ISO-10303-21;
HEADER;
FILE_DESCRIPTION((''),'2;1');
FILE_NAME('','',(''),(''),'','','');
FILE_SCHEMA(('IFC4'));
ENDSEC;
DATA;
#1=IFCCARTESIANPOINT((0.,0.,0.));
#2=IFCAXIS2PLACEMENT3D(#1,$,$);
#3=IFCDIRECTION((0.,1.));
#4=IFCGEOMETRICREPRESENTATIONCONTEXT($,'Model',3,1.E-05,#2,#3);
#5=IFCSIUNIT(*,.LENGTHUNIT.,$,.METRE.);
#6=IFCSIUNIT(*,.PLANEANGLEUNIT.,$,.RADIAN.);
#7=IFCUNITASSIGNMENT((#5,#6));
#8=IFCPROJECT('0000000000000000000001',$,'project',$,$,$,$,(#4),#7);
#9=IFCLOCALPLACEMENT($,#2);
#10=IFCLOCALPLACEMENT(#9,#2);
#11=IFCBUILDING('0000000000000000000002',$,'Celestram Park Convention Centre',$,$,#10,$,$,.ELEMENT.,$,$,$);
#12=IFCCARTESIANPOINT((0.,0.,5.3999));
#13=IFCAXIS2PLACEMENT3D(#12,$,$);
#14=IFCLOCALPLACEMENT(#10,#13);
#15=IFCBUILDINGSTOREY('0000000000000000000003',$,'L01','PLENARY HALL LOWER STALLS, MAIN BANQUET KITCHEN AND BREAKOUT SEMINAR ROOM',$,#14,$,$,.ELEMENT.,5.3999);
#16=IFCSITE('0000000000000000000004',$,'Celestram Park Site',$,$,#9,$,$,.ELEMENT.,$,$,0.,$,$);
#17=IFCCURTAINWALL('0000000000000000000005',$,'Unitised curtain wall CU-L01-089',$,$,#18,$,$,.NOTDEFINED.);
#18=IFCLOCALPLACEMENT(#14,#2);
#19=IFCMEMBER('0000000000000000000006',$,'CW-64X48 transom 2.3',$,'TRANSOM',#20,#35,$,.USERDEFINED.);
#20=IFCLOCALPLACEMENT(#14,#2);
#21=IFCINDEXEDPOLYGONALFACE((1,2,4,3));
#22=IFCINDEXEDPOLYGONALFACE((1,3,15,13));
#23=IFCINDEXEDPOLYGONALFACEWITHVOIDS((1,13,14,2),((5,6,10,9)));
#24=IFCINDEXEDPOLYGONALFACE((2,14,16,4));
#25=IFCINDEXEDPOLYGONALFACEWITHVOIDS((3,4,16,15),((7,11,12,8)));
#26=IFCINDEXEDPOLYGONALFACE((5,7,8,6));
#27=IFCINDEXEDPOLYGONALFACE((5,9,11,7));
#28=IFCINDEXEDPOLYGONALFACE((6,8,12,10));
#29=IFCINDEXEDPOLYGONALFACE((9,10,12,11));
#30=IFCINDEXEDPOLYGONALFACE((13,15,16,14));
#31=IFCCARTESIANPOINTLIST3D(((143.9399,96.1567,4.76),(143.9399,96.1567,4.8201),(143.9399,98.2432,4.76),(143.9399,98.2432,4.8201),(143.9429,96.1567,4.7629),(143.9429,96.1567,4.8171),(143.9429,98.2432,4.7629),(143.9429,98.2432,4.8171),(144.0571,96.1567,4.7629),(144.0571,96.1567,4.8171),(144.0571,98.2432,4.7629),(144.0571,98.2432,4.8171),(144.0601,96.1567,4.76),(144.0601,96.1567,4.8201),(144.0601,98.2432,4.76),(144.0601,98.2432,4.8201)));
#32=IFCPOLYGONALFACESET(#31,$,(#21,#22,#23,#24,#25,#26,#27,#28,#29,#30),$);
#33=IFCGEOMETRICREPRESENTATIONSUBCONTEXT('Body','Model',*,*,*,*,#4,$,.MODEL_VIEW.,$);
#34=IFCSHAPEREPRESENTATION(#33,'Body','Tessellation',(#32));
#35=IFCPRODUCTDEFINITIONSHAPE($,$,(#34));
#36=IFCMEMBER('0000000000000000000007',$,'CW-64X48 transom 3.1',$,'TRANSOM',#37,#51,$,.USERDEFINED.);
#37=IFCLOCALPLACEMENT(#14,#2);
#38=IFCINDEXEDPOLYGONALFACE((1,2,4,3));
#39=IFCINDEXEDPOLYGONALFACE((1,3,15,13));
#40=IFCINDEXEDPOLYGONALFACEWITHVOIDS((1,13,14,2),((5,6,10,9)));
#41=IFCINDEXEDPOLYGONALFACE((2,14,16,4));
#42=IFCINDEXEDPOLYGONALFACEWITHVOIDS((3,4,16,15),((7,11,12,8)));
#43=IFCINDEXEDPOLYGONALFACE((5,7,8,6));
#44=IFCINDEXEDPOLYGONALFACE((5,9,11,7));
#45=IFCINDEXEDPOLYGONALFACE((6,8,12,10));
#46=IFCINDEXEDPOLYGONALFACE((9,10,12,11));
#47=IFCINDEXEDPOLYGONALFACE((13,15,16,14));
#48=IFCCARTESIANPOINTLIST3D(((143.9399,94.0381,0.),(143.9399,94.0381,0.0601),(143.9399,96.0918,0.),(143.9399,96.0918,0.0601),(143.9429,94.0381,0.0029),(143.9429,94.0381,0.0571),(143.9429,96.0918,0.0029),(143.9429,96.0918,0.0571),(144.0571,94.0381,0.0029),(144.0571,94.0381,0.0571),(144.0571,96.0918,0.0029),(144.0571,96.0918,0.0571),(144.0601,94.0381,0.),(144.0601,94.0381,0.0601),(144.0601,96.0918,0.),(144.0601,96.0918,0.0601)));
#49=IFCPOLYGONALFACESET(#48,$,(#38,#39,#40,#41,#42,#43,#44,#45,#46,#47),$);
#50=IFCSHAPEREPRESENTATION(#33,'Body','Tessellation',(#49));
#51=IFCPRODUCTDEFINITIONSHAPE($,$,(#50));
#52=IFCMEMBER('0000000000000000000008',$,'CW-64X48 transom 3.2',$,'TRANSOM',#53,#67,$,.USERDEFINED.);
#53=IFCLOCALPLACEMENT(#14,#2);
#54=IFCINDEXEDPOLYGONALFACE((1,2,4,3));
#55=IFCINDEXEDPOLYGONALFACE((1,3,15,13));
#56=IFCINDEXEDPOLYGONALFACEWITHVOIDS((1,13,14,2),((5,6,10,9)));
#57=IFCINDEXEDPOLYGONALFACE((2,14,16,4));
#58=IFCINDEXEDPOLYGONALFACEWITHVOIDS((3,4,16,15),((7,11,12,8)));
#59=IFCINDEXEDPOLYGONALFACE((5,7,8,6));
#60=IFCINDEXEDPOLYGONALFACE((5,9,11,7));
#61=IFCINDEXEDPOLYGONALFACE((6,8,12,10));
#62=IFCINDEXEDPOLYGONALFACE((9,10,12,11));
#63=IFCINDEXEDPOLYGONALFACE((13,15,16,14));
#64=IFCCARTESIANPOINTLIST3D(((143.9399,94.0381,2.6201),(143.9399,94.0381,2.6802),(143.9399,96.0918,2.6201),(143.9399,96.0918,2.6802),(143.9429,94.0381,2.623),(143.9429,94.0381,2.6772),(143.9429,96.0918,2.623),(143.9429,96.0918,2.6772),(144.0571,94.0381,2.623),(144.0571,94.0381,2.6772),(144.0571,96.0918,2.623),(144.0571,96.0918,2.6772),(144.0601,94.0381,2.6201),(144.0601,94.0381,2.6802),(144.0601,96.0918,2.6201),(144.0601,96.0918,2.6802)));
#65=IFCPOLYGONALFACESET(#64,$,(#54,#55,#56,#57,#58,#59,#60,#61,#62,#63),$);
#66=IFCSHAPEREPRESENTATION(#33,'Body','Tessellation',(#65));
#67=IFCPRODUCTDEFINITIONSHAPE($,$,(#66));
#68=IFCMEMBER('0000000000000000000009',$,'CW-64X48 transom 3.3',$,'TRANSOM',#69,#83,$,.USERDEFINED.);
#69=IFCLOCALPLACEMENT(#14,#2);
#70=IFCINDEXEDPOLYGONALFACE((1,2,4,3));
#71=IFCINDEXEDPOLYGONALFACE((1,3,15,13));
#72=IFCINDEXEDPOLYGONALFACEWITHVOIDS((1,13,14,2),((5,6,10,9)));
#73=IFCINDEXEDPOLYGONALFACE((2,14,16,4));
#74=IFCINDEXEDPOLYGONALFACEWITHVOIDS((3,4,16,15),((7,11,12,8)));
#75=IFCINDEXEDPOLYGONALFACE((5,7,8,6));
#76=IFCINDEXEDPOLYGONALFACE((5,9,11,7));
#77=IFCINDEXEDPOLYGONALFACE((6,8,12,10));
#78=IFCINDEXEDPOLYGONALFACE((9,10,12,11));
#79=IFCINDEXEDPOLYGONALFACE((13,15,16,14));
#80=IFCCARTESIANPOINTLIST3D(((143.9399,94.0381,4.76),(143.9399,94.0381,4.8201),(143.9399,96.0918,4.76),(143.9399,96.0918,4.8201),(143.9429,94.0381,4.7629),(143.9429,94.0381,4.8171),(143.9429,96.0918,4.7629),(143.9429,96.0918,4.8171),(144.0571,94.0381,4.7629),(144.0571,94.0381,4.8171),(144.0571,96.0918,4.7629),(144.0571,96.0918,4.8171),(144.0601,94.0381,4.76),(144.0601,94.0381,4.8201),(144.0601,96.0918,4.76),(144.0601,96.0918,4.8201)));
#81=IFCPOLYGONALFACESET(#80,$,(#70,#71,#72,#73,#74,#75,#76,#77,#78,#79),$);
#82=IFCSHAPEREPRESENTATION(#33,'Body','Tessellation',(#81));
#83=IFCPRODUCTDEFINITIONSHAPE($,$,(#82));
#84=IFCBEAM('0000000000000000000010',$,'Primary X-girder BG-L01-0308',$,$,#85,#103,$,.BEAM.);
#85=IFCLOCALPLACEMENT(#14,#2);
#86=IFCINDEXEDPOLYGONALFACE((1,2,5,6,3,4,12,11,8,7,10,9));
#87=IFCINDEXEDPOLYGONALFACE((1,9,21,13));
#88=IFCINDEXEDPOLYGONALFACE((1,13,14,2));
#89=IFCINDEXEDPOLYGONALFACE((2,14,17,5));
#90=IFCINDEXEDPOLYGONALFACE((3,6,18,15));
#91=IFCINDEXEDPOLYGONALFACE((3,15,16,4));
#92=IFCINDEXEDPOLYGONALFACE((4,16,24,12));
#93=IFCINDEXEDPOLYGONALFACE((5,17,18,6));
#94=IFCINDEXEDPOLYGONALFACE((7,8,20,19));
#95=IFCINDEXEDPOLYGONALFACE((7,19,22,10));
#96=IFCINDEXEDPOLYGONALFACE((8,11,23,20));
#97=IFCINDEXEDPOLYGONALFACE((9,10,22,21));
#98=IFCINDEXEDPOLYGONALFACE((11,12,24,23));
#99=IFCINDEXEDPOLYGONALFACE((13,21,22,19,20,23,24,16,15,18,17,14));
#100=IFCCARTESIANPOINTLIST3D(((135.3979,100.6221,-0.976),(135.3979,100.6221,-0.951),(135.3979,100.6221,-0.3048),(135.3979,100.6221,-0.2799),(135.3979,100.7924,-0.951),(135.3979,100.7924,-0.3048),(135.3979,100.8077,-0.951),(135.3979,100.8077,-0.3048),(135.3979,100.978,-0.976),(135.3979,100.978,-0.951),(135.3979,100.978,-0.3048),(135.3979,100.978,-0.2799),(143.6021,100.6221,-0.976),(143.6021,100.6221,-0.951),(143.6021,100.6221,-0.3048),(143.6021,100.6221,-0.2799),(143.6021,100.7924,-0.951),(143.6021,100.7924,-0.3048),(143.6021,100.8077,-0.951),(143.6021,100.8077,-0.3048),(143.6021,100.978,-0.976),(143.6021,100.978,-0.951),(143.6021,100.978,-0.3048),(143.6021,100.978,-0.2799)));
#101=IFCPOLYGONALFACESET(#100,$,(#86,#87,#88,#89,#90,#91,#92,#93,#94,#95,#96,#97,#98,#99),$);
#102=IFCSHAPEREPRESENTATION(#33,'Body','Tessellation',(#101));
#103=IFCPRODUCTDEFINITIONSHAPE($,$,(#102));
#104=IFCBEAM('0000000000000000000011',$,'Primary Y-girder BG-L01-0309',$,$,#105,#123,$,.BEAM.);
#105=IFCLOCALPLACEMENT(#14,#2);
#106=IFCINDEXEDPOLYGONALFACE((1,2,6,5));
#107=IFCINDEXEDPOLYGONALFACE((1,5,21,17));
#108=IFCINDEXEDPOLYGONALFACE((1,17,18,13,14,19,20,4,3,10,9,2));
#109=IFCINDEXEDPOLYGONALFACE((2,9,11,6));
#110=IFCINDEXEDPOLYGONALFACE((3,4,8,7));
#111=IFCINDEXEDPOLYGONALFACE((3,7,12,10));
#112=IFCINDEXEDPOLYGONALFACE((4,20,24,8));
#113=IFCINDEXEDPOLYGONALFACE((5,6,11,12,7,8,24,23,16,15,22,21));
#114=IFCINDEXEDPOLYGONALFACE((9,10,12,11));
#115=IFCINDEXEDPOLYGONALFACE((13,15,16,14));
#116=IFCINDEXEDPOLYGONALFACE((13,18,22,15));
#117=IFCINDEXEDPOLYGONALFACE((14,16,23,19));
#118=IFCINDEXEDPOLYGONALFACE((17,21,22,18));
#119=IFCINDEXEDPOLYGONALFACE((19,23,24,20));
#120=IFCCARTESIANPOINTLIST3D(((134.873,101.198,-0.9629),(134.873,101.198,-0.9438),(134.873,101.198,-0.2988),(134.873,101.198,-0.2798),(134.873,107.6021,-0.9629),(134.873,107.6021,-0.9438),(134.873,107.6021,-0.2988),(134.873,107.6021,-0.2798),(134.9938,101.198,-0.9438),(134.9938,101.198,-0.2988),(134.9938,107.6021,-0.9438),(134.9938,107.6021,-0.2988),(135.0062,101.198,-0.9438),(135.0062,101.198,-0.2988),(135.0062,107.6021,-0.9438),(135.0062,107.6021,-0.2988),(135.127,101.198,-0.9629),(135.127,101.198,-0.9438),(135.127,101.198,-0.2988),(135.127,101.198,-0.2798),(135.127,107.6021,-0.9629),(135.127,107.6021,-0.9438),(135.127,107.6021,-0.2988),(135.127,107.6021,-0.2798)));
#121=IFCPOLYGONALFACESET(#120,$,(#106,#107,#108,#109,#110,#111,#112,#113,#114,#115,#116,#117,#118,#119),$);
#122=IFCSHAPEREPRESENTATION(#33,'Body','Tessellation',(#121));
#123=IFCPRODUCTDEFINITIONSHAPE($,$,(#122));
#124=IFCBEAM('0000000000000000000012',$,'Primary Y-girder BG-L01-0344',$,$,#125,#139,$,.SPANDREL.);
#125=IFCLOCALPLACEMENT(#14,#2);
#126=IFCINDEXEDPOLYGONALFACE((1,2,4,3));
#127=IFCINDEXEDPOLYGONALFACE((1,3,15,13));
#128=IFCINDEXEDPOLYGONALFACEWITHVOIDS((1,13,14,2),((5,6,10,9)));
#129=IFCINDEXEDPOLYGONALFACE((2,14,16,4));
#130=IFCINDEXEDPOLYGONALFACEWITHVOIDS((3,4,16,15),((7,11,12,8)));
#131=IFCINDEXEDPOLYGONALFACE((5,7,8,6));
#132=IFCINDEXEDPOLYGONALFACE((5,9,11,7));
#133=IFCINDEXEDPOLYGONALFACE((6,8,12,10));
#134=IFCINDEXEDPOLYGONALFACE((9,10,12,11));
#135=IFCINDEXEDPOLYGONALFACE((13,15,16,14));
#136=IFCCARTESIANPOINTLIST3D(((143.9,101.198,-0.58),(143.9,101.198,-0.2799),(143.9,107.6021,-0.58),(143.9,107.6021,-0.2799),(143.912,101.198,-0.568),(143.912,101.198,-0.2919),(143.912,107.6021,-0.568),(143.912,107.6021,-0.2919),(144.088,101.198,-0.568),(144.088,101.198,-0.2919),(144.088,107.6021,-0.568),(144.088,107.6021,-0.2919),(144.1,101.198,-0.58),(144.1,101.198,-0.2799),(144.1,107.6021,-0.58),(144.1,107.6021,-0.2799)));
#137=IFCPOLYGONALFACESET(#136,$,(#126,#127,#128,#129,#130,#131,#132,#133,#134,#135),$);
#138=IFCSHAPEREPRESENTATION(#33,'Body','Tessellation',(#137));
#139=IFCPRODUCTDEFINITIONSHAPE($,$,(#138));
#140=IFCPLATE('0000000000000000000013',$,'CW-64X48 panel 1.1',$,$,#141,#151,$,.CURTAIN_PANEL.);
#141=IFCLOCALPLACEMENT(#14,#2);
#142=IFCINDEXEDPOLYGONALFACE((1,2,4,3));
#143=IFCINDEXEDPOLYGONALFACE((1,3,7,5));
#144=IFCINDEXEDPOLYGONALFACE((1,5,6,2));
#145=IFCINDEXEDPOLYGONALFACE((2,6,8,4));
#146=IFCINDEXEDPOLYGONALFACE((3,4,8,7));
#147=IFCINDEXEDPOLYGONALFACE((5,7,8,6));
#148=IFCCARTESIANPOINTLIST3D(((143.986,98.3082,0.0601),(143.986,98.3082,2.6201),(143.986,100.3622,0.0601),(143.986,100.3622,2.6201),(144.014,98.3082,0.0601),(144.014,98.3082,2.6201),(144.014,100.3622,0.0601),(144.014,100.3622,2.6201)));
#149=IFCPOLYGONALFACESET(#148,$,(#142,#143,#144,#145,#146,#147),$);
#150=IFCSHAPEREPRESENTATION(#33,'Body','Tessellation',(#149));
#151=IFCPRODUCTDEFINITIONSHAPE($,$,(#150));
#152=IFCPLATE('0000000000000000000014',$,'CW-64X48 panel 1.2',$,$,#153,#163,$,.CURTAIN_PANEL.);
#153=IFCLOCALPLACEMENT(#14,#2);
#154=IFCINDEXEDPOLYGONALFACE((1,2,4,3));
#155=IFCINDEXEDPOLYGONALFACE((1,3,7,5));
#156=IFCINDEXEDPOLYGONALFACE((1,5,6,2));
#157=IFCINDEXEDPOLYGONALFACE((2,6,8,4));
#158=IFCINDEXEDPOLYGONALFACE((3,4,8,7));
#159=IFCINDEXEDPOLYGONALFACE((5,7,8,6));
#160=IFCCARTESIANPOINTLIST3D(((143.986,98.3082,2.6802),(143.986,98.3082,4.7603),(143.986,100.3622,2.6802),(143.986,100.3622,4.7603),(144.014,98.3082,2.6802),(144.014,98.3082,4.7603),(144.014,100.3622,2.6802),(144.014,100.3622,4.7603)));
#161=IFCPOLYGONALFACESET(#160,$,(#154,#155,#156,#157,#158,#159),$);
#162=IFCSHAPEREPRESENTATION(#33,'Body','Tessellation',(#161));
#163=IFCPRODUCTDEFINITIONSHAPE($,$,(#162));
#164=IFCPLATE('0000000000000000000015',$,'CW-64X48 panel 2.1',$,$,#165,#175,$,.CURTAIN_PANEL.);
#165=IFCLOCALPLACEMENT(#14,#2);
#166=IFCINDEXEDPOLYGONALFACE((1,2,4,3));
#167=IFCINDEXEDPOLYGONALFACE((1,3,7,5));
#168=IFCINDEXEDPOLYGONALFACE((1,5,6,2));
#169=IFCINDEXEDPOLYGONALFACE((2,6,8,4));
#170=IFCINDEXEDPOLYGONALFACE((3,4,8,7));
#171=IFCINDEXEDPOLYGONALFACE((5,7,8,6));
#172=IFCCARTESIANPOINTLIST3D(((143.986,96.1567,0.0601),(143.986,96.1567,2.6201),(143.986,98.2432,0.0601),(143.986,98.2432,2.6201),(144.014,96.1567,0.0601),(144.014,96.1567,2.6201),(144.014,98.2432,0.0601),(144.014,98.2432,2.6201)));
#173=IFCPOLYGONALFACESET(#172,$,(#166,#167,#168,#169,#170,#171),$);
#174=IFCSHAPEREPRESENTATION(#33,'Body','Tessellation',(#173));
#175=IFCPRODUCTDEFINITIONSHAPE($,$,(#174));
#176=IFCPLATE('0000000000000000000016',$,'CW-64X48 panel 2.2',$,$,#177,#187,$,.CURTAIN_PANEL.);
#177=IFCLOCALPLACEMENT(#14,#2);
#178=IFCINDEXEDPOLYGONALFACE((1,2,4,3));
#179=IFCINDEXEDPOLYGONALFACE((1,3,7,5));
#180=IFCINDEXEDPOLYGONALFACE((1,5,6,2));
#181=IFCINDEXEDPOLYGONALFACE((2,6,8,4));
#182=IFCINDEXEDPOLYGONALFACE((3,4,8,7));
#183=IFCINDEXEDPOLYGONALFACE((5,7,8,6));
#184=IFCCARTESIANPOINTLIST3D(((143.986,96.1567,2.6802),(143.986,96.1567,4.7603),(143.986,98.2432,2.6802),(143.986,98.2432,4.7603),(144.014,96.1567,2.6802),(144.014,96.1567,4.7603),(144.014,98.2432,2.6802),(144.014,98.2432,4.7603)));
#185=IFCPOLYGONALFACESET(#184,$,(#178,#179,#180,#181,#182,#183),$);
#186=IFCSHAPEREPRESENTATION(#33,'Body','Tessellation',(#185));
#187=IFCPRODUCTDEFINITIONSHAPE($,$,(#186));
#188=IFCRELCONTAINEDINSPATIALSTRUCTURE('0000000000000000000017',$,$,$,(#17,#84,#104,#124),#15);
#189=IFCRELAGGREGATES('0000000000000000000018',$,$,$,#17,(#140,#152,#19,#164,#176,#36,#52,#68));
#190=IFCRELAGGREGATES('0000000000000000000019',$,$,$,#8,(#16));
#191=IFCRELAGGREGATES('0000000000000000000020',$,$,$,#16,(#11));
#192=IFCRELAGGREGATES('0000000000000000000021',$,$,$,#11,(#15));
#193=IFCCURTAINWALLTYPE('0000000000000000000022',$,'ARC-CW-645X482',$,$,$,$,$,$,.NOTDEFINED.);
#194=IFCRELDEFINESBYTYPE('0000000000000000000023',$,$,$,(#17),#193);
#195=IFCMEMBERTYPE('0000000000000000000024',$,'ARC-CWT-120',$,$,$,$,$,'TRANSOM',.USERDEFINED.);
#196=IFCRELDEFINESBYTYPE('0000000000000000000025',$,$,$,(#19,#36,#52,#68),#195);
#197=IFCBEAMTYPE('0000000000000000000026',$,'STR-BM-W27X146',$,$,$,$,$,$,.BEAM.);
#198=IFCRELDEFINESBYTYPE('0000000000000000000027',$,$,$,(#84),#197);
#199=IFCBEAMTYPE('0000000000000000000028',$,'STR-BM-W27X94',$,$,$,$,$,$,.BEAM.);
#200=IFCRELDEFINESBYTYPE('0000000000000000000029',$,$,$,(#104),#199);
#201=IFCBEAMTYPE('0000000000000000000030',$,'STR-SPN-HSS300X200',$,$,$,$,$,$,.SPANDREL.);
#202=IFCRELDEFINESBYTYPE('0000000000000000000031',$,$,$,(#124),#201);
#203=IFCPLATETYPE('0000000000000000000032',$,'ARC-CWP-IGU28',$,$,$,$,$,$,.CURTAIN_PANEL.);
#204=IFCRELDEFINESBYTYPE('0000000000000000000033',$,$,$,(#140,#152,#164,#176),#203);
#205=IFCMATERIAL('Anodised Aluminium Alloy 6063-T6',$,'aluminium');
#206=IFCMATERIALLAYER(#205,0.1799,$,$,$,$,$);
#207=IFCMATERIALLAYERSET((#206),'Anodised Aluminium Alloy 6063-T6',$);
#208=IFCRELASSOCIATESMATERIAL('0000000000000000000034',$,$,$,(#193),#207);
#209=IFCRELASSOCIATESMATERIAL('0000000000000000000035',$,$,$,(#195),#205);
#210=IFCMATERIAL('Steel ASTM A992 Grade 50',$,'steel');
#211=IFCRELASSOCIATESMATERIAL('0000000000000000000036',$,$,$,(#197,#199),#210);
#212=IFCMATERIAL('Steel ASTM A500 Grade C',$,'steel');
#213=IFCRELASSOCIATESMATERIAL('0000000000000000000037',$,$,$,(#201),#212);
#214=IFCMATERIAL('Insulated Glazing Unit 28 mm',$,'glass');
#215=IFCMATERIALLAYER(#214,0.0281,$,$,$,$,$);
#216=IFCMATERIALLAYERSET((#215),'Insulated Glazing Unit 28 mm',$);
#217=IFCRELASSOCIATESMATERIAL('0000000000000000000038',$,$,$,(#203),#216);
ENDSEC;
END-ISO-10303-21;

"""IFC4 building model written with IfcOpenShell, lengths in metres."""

from ifc_helpers import new_model, si_unit, direction, frame, origin, origin_2d, place, context, subcontext, project, spatial, rectangle, hollow_rectangle, i_section, extrude, material, layer, layer_set, material_profile, profile_set, type_object, element, aggregate, save


model = new_model("IFC4")

# Units and contexts
model_context = context("Model", 3, precision=1e-05, world=origin(), true_north=direction((0.0, 1.0)))
body_context = subcontext(model_context, "Body", "Model", "MODEL_VIEW")
ifc_project = project(units=[si_unit("LENGTHUNIT", "METRE"), si_unit("PLANEANGLEUNIT", "RADIAN")], contexts=[model_context])

# Site, building, storey
site_placement = place(None, origin())
site = spatial("IfcSite", under=ifc_project, at=site_placement, Name="Celestram Park Site", CompositionType="ELEMENT", RefElevation=0.0)
building_placement = place(site_placement, origin())
building = spatial("IfcBuilding", under=site, at=building_placement, Name="Celestram Park Convention Centre", CompositionType="ELEMENT")
storey_placement = place(building_placement, frame((0.0, 0.0, 5.3999)))
storey = spatial("IfcBuildingStorey", under=building, at=storey_placement, Name="L01", Description="PLENARY HALL LOWER STALLS, MAIN BANQUET KITCHEN AND BREAKOUT SEMINAR ROOM", CompositionType="ELEMENT", Elevation=5.3999)

# Curtain wall, members
ifc_material_1 = material(Name="Anodised Aluminium Alloy 6063-T6", Category="aluminium")
ifc_layer_1 = layer(ifc_material_1, 0.1799)
ifc_layer_set_1 = layer_set([ifc_layer_1], Name="Anodised Aluminium Alloy 6063-T6")
curtain_wall_type = type_object("IfcCurtainWallType", Name="ARC-CW-645X482", PredefinedType="NOTDEFINED", material=ifc_layer_set_1)
curtain_wall_placement = place(storey_placement, origin())
curtain_wall = element("IfcCurtainWall", 1, at=curtain_wall_placement, inside=storey, type_object=curtain_wall_type, Name="Unitised curtain wall CU-L01-089", PredefinedType="NOTDEFINED")
ifc_material_profile_1 = material_profile(ifc_material_1, hollow_rectangle(XDim=0.1201, YDim=0.0601, WallThickness=0.0029, at=origin_2d()), Name="ALU120X60X3")
ifc_profile_set_1 = profile_set([ifc_material_profile_1], Name="Anodised Aluminium Alloy 6063-T6")
member_type_1 = type_object("IfcMemberType", Name="ARC-CWT-120", ElementType="TRANSOM", PredefinedType="USERDEFINED", material=ifc_profile_set_1)
member_1_placement = place(storey_placement, frame((144.0, 98.2432, 4.79), z_axis=(0.0, -1.0, 0.0), x_axis=(1.0, 0.0, 0.0)))
member_1 = element("IfcMember", 2, at=member_1_placement, type_object=member_type_1, Name="CW-64X48 transom 2.3", ObjectType="TRANSOM", PredefinedType="USERDEFINED", context=body_context, shape_type="SweptSolid", body=[
    extrude(hollow_rectangle(XDim=0.1201, YDim=0.0601, WallThickness=0.0029, at=origin_2d()), origin(), (0.0, 0.0, 1.0), 2.0864),
])
member_2_placement = place(storey_placement, frame((144.0, 96.0918, 0.03), z_axis=(0.0, -1.0, 0.0), x_axis=(1.0, 0.0, 0.0)))
member_2 = element("IfcMember", 3, at=member_2_placement, type_object=member_type_1, Name="CW-64X48 transom 3.1", ObjectType="TRANSOM", PredefinedType="USERDEFINED", context=body_context, shape_type="SweptSolid", body=[
    extrude(hollow_rectangle(XDim=0.1201, YDim=0.0601, WallThickness=0.0029, at=origin_2d()), origin(), (0.0, 0.0, 1.0), 2.0537),
])
member_3_placement = place(storey_placement, frame((144.0, 96.0918, 2.6501), z_axis=(0.0, -1.0, 0.0), x_axis=(1.0, 0.0, 0.0)))
member_3 = element("IfcMember", 4, at=member_3_placement, type_object=member_type_1, Name="CW-64X48 transom 3.2", ObjectType="TRANSOM", PredefinedType="USERDEFINED", context=body_context, shape_type="SweptSolid", body=[
    extrude(hollow_rectangle(XDim=0.1201, YDim=0.0601, WallThickness=0.0029, at=origin_2d()), origin(), (0.0, 0.0, 1.0), 2.0537),
])
member_4_placement = place(storey_placement, frame((144.0, 96.0918, 4.79), z_axis=(0.0, -1.0, 0.0), x_axis=(1.0, 0.0, 0.0)))
member_4 = element("IfcMember", 5, at=member_4_placement, type_object=member_type_1, Name="CW-64X48 transom 3.3", ObjectType="TRANSOM", PredefinedType="USERDEFINED", context=body_context, shape_type="SweptSolid", body=[
    extrude(hollow_rectangle(XDim=0.1201, YDim=0.0601, WallThickness=0.0029, at=origin_2d()), origin(), (0.0, 0.0, 1.0), 2.0537),
])

# Beams
ifc_material_2 = material(Name="Steel ASTM A992 Grade 50", Category="steel")
ifc_material_profile_2 = material_profile(ifc_material_2, i_section(OverallWidth=0.356, OverallDepth=0.696, WebThickness=0.0154, FlangeThickness=0.0249, at=origin_2d()), Name="W27X146")
ifc_profile_set_2 = profile_set([ifc_material_profile_2], Name="Steel ASTM A992 Grade 50")
beam_type_1 = type_object("IfcBeamType", Name="STR-BM-W27X146", PredefinedType="BEAM", material=ifc_profile_set_2)
beam_1_placement = place(storey_placement, frame((135.3979, 100.8, -0.6279), z_axis=(1.0, 0.0, 0.0), x_axis=(0.0, 1.0, 0.0)))
element("IfcBeam", 6, at=beam_1_placement, inside=storey, type_object=beam_type_1, Name="Primary X-girder BG-L01-0308", PredefinedType="BEAM", context=body_context, shape_type="SweptSolid", body=[
    extrude(i_section(OverallWidth=0.356, OverallDepth=0.696, WebThickness=0.0154, FlangeThickness=0.0249, at=origin_2d()), origin(), (0.0, 0.0, 1.0), 8.2041),
])
ifc_material_profile_3 = material_profile(ifc_material_2, i_section(OverallWidth=0.2539, OverallDepth=0.6831, WebThickness=0.0125, FlangeThickness=0.019, at=origin_2d()), Name="W27X94")
ifc_profile_set_3 = profile_set([ifc_material_profile_3], Name="Steel ASTM A992 Grade 50")
beam_type_2 = type_object("IfcBeamType", Name="STR-BM-W27X94", PredefinedType="BEAM", material=ifc_profile_set_3)
beam_2_placement = place(storey_placement, frame((135.0, 101.198, -0.6213), z_axis=(0.0, 1.0, 0.0), x_axis=(-1.0, 0.0, 0.0)))
element("IfcBeam", 7, at=beam_2_placement, inside=storey, type_object=beam_type_2, Name="Primary Y-girder BG-L01-0309", PredefinedType="BEAM", context=body_context, shape_type="SweptSolid", body=[
    extrude(i_section(OverallWidth=0.2539, OverallDepth=0.6831, WebThickness=0.0125, FlangeThickness=0.019, at=origin_2d()), origin(), (0.0, 0.0, 1.0), 6.4041),
])
ifc_material_3 = material(Name="Steel ASTM A500 Grade C", Category="steel")
ifc_material_profile_4 = material_profile(ifc_material_3, hollow_rectangle(XDim=0.2, YDim=0.3, WallThickness=0.012, at=origin_2d()), Name="HSS300X200X12")
ifc_profile_set_4 = profile_set([ifc_material_profile_4], Name="Steel ASTM A500 Grade C")
beam_type_3 = type_object("IfcBeamType", Name="STR-SPN-HSS300X200", PredefinedType="SPANDREL", material=ifc_profile_set_4)
beam_3_placement = place(storey_placement, frame((144.0, 101.198, -0.4299), z_axis=(0.0, 1.0, 0.0), x_axis=(-1.0, 0.0, 0.0)))
element("IfcBeam", 8, at=beam_3_placement, inside=storey, type_object=beam_type_3, Name="Primary Y-girder BG-L01-0344", PredefinedType="SPANDREL", context=body_context, shape_type="SweptSolid", body=[
    extrude(hollow_rectangle(XDim=0.2, YDim=0.3, WallThickness=0.012, at=origin_2d()), origin(), (0.0, 0.0, 1.0), 6.4041),
])

# Plates
ifc_material_4 = material(Name="Insulated Glazing Unit 28 mm", Category="glass")
ifc_layer_2 = layer(ifc_material_4, 0.0281)
ifc_layer_set_2 = layer_set([ifc_layer_2], Name="Insulated Glazing Unit 28 mm")
plate_type = type_object("IfcPlateType", Name="ARC-CWP-IGU28", PredefinedType="CURTAIN_PANEL", material=ifc_layer_set_2)
plate_1_placement = place(storey_placement, frame((144.0, 99.3352, 0.0601), z_axis=(0.0, 0.0, 1.0), x_axis=(0.0, -1.0, 0.0)))
plate_1 = element("IfcPlate", 9, at=plate_1_placement, type_object=plate_type, Name="CW-64X48 panel 1.1", PredefinedType="CURTAIN_PANEL", context=body_context, shape_type="SweptSolid", body=[
    extrude(rectangle(XDim=2.054, YDim=0.0281, at=origin_2d()), origin(), (0.0, 0.0, 1.0), 2.5601),
])
plate_2_placement = place(storey_placement, frame((144.0, 99.3352, 2.6802), z_axis=(0.0, 0.0, 1.0), x_axis=(0.0, -1.0, 0.0)))
plate_2 = element("IfcPlate", 10, at=plate_2_placement, type_object=plate_type, Name="CW-64X48 panel 1.2", PredefinedType="CURTAIN_PANEL", context=body_context, shape_type="SweptSolid", body=[
    extrude(rectangle(XDim=2.054, YDim=0.0281, at=origin_2d()), origin(), (0.0, 0.0, 1.0), 2.0801),
])
plate_3_placement = place(storey_placement, frame((144.0, 97.2, 0.0601), z_axis=(0.0, 0.0, 1.0), x_axis=(0.0, -1.0, 0.0)))
plate_3 = element("IfcPlate", 11, at=plate_3_placement, type_object=plate_type, Name="CW-64X48 panel 2.1", PredefinedType="CURTAIN_PANEL", context=body_context, shape_type="SweptSolid", body=[
    extrude(rectangle(XDim=2.0864, YDim=0.0281, at=origin_2d()), origin(), (0.0, 0.0, 1.0), 2.5601),
])
plate_4_placement = place(storey_placement, frame((144.0, 97.2, 2.6802), z_axis=(0.0, 0.0, 1.0), x_axis=(0.0, -1.0, 0.0)))
plate_4 = element("IfcPlate", 12, at=plate_4_placement, type_object=plate_type, Name="CW-64X48 panel 2.2", PredefinedType="CURTAIN_PANEL", context=body_context, shape_type="SweptSolid", body=[
    extrude(rectangle(XDim=2.0864, YDim=0.0281, at=origin_2d()), origin(), (0.0, 0.0, 1.0), 2.0801),
])
aggregate(curtain_wall, [plate_1, plate_2, member_1, plate_3, plate_4, member_2, member_3, member_4])

save(model, "model.ifc")
